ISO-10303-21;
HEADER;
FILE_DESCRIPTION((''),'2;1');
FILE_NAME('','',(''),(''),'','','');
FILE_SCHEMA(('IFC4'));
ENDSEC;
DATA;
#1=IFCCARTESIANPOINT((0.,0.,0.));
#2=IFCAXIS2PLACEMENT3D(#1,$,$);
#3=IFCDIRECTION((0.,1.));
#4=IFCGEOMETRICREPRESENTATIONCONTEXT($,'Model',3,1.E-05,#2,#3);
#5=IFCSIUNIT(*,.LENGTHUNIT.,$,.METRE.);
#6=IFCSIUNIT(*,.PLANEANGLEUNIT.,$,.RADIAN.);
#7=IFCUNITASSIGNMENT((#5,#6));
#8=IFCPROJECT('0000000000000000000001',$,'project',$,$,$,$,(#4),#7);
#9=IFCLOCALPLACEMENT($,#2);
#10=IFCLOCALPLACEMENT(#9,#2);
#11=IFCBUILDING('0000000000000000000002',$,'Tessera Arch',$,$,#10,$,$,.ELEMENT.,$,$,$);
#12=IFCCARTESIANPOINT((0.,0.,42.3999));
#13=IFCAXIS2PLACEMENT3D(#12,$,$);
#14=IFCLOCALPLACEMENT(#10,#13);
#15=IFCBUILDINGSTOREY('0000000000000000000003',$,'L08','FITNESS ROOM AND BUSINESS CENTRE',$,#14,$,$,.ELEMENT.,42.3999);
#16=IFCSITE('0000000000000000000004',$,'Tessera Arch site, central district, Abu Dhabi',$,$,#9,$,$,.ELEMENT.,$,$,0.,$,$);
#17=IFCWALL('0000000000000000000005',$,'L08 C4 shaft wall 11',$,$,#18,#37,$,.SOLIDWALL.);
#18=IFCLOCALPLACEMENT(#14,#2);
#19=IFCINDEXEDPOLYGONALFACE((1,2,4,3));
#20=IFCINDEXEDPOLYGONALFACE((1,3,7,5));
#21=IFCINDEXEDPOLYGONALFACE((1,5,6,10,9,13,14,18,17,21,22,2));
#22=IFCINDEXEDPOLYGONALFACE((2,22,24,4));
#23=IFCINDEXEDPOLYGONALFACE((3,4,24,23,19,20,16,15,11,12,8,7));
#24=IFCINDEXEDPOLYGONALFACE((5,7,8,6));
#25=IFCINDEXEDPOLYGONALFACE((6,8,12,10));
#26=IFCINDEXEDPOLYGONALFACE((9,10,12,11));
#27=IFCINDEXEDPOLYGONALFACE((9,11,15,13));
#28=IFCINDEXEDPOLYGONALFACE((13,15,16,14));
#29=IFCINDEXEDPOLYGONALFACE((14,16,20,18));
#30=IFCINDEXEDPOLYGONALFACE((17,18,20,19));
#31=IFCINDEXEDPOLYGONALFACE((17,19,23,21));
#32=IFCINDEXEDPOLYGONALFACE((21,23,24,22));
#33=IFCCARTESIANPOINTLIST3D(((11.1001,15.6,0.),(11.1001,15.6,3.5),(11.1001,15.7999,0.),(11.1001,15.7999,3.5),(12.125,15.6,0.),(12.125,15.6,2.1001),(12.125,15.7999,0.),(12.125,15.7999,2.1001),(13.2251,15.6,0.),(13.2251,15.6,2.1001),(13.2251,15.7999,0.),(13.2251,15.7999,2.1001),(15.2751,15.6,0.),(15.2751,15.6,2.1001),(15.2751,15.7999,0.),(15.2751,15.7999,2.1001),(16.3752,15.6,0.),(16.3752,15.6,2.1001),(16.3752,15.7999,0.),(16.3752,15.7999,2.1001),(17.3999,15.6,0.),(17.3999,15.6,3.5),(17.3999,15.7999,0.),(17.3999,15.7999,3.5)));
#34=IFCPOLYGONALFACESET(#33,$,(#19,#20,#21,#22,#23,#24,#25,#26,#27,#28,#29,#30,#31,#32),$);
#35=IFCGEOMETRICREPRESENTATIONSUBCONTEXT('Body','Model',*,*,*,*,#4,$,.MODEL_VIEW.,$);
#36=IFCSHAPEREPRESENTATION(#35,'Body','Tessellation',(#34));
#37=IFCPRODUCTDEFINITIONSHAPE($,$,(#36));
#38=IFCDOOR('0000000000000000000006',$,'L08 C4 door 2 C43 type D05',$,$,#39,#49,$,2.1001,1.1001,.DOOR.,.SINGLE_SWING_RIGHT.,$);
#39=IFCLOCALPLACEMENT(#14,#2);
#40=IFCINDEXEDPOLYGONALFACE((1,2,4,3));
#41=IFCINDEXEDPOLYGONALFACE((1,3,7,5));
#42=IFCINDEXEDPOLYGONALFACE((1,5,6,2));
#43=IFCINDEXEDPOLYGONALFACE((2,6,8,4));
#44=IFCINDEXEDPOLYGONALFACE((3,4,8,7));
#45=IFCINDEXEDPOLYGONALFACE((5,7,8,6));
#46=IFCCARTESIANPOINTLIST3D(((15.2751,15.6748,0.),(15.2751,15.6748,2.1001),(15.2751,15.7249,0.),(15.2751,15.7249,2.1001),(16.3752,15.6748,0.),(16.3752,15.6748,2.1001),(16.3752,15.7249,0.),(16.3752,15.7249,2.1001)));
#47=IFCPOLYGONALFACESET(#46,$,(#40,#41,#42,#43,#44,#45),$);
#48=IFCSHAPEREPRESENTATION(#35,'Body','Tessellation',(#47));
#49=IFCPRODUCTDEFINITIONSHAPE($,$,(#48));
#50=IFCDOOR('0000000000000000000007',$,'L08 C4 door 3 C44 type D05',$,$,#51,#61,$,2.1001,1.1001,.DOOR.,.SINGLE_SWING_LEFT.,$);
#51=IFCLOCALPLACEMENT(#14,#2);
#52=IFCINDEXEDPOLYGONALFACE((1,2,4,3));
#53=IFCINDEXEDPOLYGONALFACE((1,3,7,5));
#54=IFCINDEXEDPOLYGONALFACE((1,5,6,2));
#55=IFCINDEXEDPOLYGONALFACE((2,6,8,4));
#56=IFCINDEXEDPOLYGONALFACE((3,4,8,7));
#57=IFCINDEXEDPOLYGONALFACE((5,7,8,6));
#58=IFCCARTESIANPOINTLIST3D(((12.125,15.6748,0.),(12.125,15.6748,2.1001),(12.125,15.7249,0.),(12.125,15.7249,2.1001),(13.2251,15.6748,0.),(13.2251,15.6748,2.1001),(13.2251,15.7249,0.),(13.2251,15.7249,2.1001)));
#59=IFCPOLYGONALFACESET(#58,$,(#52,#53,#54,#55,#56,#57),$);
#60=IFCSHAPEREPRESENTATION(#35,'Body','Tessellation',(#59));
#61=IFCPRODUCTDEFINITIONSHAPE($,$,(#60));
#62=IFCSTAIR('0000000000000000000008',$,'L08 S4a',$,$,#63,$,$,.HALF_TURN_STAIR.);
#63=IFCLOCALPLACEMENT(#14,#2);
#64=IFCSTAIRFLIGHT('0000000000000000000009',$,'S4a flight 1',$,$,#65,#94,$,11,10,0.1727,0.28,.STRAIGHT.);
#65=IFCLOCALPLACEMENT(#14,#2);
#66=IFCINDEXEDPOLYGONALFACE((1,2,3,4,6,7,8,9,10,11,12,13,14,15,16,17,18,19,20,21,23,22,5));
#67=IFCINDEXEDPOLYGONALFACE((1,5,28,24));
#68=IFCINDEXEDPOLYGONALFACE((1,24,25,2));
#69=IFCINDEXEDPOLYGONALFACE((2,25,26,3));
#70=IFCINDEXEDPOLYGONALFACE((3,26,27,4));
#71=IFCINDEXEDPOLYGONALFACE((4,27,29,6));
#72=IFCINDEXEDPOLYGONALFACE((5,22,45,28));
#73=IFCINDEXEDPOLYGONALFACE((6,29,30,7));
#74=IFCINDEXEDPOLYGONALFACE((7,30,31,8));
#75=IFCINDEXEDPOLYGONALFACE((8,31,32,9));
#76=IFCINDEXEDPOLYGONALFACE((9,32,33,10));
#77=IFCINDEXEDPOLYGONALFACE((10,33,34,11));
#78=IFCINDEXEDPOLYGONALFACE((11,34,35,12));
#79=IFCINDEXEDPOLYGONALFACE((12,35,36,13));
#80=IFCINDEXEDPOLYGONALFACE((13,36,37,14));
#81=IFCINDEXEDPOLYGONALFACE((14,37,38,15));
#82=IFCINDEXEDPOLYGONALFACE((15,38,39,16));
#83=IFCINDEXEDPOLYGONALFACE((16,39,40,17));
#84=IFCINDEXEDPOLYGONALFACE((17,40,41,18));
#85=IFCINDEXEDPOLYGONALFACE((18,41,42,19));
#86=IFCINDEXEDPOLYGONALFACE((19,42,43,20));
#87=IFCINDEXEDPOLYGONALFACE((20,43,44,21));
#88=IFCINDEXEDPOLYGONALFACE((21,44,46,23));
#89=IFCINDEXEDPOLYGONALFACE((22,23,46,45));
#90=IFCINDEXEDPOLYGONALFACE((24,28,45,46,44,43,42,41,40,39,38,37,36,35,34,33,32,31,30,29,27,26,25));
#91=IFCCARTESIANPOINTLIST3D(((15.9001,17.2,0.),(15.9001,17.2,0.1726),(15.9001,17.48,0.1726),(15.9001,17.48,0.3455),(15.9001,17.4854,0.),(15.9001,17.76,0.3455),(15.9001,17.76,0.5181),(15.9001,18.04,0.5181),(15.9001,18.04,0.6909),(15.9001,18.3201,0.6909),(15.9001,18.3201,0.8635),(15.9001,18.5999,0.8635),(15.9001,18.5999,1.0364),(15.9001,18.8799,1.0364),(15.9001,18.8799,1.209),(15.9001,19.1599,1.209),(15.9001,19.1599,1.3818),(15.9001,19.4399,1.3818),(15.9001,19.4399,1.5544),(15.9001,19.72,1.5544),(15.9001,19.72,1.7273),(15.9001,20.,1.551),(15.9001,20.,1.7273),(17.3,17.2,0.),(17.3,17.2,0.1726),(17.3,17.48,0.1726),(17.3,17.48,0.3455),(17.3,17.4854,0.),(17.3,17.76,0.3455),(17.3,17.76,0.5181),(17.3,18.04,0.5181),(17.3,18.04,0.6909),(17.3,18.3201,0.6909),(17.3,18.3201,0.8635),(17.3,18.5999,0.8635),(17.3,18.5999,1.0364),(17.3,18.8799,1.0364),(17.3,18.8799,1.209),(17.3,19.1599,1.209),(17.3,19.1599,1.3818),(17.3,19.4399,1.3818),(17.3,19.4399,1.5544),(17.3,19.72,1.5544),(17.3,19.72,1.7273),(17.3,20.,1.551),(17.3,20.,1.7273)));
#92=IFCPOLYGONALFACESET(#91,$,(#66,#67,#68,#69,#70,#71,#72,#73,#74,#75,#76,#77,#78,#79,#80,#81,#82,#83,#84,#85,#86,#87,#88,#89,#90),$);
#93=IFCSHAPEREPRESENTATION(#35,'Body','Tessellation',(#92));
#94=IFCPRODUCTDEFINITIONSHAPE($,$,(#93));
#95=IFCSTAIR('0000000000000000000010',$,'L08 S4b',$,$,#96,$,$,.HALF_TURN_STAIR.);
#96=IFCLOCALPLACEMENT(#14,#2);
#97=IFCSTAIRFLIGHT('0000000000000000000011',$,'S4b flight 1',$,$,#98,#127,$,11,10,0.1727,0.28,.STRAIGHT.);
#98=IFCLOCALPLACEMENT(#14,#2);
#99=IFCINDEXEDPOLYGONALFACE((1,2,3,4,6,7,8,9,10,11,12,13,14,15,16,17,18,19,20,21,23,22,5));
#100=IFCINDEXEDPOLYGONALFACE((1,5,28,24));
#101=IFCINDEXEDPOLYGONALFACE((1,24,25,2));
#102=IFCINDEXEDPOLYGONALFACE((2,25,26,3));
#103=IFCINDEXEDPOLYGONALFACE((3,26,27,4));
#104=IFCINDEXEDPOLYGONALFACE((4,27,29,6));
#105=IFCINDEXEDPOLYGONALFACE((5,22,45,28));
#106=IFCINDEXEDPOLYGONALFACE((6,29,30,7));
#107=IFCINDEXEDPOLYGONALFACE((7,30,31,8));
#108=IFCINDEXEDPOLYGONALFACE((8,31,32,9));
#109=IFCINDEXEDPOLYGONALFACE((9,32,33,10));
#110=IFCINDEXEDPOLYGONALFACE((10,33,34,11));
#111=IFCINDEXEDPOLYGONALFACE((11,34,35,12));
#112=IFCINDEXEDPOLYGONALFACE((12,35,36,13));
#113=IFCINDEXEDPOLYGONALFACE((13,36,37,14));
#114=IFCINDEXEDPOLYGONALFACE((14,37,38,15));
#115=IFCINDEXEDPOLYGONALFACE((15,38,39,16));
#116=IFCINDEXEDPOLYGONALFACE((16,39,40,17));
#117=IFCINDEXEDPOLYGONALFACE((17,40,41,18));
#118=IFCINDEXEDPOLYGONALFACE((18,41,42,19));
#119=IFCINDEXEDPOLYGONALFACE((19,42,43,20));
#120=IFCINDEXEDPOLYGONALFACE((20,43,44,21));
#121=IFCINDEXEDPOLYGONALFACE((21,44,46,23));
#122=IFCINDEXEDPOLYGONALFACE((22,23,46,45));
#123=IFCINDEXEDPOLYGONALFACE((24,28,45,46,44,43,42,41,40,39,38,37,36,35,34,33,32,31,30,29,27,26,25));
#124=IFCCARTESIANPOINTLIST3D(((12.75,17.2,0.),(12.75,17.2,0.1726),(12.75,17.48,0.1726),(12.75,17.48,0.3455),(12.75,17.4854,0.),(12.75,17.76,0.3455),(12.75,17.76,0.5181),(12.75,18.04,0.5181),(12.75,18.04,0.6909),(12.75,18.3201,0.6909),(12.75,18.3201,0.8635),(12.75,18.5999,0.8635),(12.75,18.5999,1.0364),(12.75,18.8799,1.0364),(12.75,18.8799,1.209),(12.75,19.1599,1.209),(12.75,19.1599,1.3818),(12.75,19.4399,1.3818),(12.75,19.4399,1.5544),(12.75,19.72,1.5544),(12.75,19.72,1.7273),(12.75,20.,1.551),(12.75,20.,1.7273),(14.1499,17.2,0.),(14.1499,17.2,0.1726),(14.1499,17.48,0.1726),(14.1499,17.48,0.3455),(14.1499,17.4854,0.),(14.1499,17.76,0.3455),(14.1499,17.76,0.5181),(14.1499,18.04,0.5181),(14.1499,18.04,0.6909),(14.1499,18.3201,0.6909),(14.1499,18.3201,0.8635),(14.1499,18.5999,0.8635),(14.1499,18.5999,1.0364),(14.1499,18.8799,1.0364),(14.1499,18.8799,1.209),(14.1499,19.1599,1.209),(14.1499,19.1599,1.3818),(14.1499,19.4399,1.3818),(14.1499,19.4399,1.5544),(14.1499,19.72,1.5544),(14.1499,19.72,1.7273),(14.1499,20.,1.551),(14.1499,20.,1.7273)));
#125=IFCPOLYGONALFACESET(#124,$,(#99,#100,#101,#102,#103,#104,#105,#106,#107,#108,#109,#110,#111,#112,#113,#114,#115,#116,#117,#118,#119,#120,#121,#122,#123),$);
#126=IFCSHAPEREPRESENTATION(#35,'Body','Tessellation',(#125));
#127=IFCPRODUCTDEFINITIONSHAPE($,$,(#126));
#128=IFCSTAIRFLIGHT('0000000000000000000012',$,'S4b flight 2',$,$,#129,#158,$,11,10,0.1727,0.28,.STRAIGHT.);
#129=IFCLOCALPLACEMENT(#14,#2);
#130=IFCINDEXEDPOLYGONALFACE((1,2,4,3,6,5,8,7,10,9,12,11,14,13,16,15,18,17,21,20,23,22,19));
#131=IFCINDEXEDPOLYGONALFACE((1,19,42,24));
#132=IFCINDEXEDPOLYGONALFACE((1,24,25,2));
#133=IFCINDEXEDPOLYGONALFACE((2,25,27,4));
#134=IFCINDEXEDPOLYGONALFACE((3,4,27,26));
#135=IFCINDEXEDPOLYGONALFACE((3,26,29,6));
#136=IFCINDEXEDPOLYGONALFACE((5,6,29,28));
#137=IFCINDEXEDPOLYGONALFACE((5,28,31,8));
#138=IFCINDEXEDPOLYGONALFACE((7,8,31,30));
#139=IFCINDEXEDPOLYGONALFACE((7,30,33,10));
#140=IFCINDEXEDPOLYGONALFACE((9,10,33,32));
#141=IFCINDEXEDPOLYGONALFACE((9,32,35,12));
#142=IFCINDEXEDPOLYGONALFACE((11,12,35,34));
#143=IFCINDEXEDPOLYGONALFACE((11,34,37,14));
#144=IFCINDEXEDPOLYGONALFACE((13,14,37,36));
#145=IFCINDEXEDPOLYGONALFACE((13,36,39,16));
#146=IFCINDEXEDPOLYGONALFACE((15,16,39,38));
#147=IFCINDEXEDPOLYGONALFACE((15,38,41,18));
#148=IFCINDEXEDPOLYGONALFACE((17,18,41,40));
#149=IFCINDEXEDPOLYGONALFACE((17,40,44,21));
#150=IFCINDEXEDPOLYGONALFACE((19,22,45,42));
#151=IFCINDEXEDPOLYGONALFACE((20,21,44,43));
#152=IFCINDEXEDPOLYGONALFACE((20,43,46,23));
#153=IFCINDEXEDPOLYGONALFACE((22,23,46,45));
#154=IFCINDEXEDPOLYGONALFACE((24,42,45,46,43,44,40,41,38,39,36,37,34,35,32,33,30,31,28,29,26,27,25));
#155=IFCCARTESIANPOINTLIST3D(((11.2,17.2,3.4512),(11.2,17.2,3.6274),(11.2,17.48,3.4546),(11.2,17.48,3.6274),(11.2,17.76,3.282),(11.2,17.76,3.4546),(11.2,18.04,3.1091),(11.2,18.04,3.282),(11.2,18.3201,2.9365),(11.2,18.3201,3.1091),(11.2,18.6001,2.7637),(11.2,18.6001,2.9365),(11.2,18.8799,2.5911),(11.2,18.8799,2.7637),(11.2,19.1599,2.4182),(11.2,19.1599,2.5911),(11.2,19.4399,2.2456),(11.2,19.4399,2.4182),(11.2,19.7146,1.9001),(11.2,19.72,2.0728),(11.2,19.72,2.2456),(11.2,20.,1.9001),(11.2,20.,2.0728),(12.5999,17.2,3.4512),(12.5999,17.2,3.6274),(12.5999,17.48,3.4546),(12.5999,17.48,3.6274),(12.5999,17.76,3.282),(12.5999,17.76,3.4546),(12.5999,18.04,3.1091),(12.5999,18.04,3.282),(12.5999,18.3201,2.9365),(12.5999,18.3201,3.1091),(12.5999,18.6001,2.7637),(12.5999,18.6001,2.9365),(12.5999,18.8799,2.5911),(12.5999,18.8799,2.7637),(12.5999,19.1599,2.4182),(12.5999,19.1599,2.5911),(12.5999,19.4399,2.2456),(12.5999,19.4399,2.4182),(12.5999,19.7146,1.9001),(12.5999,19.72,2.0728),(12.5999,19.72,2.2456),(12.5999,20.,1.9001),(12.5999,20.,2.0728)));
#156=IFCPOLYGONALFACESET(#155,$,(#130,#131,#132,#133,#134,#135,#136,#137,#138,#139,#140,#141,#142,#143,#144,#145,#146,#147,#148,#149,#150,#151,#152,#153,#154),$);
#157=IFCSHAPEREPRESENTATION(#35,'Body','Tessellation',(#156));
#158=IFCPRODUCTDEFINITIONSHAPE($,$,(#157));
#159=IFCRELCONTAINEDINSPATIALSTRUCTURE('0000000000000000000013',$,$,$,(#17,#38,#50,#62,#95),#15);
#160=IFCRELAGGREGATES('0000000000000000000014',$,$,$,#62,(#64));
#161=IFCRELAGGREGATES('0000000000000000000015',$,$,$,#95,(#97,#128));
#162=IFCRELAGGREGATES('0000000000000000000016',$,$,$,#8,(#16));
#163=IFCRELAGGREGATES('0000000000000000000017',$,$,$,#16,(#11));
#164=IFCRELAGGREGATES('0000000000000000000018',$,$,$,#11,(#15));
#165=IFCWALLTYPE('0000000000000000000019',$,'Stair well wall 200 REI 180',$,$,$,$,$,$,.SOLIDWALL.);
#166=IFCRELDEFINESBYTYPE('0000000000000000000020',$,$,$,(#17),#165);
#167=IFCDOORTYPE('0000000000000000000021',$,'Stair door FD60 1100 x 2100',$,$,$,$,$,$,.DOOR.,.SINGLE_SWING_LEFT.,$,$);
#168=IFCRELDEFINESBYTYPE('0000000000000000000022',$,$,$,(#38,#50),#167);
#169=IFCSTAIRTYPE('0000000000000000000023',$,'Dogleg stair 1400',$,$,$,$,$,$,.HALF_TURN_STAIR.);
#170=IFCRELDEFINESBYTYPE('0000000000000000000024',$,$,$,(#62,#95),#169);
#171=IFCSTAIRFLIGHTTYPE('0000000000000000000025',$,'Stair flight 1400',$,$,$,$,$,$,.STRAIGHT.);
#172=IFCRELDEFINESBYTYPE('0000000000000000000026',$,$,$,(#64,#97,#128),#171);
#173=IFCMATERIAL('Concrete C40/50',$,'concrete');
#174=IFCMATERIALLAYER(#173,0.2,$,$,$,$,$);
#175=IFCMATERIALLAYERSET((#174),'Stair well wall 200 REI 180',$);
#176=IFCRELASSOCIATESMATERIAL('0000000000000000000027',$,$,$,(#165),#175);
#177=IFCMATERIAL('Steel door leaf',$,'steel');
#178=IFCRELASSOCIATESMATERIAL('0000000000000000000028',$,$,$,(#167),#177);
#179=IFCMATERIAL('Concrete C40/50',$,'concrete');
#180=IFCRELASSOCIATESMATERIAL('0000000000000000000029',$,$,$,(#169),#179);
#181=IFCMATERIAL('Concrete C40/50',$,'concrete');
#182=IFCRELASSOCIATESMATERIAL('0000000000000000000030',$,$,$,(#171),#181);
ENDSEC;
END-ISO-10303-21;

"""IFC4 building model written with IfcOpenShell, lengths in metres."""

from ifc_helpers import new_model, si_unit, direction, frame, frame_2d, origin, place, context, subcontext, project, spatial, polyline, rectangle, outline, extrude, material, layer, layer_set, type_object, element, fill, aggregate, save


model = new_model("IFC4")

# Units and contexts
model_context = context("Model", 3, precision=1e-05, world=origin(), true_north=direction((0.0, 1.0)))
body_context = subcontext(model_context, "Body", "Model", "MODEL_VIEW")
ifc_project = project(units=[si_unit("LENGTHUNIT", "METRE"), si_unit("PLANEANGLEUNIT", "RADIAN")], contexts=[model_context])

# Site, building, storey
site_placement = place(None, origin())
site = spatial("IfcSite", under=ifc_project, at=site_placement, Name="Tessera Arch site, central district, Abu Dhabi", CompositionType="ELEMENT", RefElevation=0.0)
building_placement = place(site_placement, origin())
building = spatial("IfcBuilding", under=site, at=building_placement, Name="Tessera Arch", CompositionType="ELEMENT")
storey_placement = place(building_placement, frame((0.0, 0.0, 42.3999)))
storey = spatial("IfcBuildingStorey", under=building, at=storey_placement, Name="L08", Description="FITNESS ROOM AND BUSINESS CENTRE", CompositionType="ELEMENT", Elevation=42.3999)

# Shared definitions
ifc_material_1 = material(Name="Concrete C40/50", Category="concrete")
ifc_layer_1 = layer(ifc_material_1, 0.2)
ifc_layer_set_1 = layer_set([ifc_layer_1], Name="Stair well wall 200 REI 180")
wall_type_1 = type_object("IfcWallType", Name="Stair well wall 200 REI 180", PredefinedType="SOLIDWALL", material=ifc_layer_set_1)

# Wall, openings, doors
wall_1_placement = place(storey_placement, frame((11.1001, 15.7, 0.0), z_axis=(0.0, 0.0, 1.0), x_axis=(1.0, 0.0, 0.0)))
wall_1 = element("IfcWall", 1, at=wall_1_placement, inside=storey, type_object=wall_type_1, Name="L08 C4 shaft wall 11", PredefinedType="SOLIDWALL", context=body_context, shape_type="SweptSolid", body=[
    extrude(rectangle(XDim=6.2998, YDim=0.2, at=frame_2d((3.1499, 0.0))), origin(), (0.0, 0.0, 1.0), 3.5),
])
opening_1_placement = place(wall_1_placement, frame((4.175, 0.0, 0.0)))
opening_1 = element("IfcOpeningElement", 2, at=opening_1_placement, cuts=wall_1, PredefinedType="OPENING", context=body_context, shape_type="SweptSolid", body=[
    extrude(rectangle(XDim=1.1001, YDim=2.1001, at=frame_2d((0.55, 1.05))), frame((0.0, 0.1099, 0.0), z_axis=(0.0, -1.0, 0.0), x_axis=(1.0, 0.0, 0.0)), (0.0, 0.0, 1.0), 0.22),
])
opening_2_placement = place(wall_1_placement, frame((1.0249, 0.0, 0.0)))
opening_2 = element("IfcOpeningElement", 3, at=opening_2_placement, cuts=wall_1, PredefinedType="OPENING", context=body_context, shape_type="SweptSolid", body=[
    extrude(rectangle(XDim=1.1001, YDim=2.1001, at=frame_2d((0.55, 1.05))), frame((0.0, 0.1099, 0.0), z_axis=(0.0, -1.0, 0.0), x_axis=(1.0, 0.0, 0.0)), (0.0, 0.0, 1.0), 0.22),
])
ifc_material_2 = material(Name="Steel door leaf", Category="steel")
door_type_1 = type_object("IfcDoorType", Name="Stair door FD60 1100 x 2100", OperationType="SINGLE_SWING_LEFT", PredefinedType="DOOR", material=ifc_material_2)
door_1_placement = place(opening_1_placement, origin())
door_1 = element("IfcDoor", 4, at=door_1_placement, inside=storey, type_object=door_type_1, Name="L08 C4 door 2 C43 type D05", OperationType="SINGLE_SWING_RIGHT", OverallHeight=2.1001, OverallWidth=1.1001, PredefinedType="DOOR", context=body_context, shape_type="SweptSolid", body=[
    extrude(rectangle(XDim=1.1001, YDim=2.1001, at=frame_2d((0.55, 1.05))), frame((0.0, 0.0249, 0.0), z_axis=(0.0, -1.0, 0.0), x_axis=(1.0, 0.0, 0.0)), (0.0, 0.0, 1.0), 0.05),
])
fill(opening_1, door_1)
door_2_placement = place(opening_2_placement, origin())
door_2 = element("IfcDoor", 5, at=door_2_placement, inside=storey, type_object=door_type_1, Name="L08 C4 door 3 C44 type D05", OperationType="SINGLE_SWING_LEFT", OverallHeight=2.1001, OverallWidth=1.1001, PredefinedType="DOOR", context=body_context, shape_type="SweptSolid", body=[
    extrude(rectangle(XDim=1.1001, YDim=2.1001, at=frame_2d((0.55, 1.05))), frame((0.0, 0.0249, 0.0), z_axis=(0.0, -1.0, 0.0), x_axis=(1.0, 0.0, 0.0)), (0.0, 0.0, 1.0), 0.05),
])
fill(opening_2, door_2)

# Stair, stair flight
ifc_material_3 = material(Name="Concrete C40/50", Category="concrete")
stair_type = type_object("IfcStairType", Name="Dogleg stair 1400", PredefinedType="HALF_TURN_STAIR", material=ifc_material_3)
stair_1_placement = place(storey_placement, origin())
stair_1 = element("IfcStair", 6, at=stair_1_placement, inside=storey, type_object=stair_type, Name="L08 S4a", PredefinedType="HALF_TURN_STAIR")
ifc_material_4 = material(Name="Concrete C40/50", Category="concrete")
stair_flight_type = type_object("IfcStairFlightType", Name="Stair flight 1400", PredefinedType="STRAIGHT", material=ifc_material_4)
stair_flight_1_placement = place(storey_placement, frame((16.6001, 17.2, 0.0), z_axis=(0.0, 0.0, 1.0), x_axis=(0.0, 1.0, 0.0)))
stair_flight_1 = element("IfcStairFlight", 7, at=stair_flight_1_placement, type_object=stair_flight_type, Name="S4a flight 1", NumberOfRisers=11, NumberOfTreads=10, PredefinedType="STRAIGHT", RiserHeight=0.1727, TreadLength=0.28, context=body_context, shape_type="SweptSolid", body=[
    extrude(outline(polyline([(0.0, 0.0), (0.0, 0.1726), (0.28, 0.1726), (0.28, 0.3455), (0.5601, 0.3455), (0.5601, 0.5181), (0.8401, 0.5181), (0.8401, 0.6909), (1.1201, 0.6909), (1.1201, 0.8635), (1.3999, 0.8635), (1.3999, 1.0364), (1.6799, 1.0364), (1.6799, 1.209), (1.96, 1.209), (1.96, 1.3818), (2.24, 1.3818), (2.24, 1.5544), (2.52, 1.5544), (2.52, 1.7273), (2.8, 1.7273), (2.8, 1.8999), (2.8, 1.551), (0.2854, 0.0), (0.0, 0.0)])), frame((0.0, 0.7, 0.0), z_axis=(0.0, -1.0, 0.0), x_axis=(1.0, 0.0, 0.0)), (0.0, 0.0, 1.0), 1.3999),
])
aggregate(stair_1, [stair_flight_1])

# Stair, stair flights
stair_2_placement = place(storey_placement, origin())
stair_2 = element("IfcStair", 8, at=stair_2_placement, inside=storey, type_object=stair_type, Name="L08 S4b", PredefinedType="HALF_TURN_STAIR")
stair_flight_2_placement = place(storey_placement, frame((13.45, 17.2, 0.0), z_axis=(0.0, 0.0, 1.0), x_axis=(0.0, 1.0, 0.0)))
stair_flight_2 = element("IfcStairFlight", 9, at=stair_flight_2_placement, type_object=stair_flight_type, Name="S4b flight 1", NumberOfRisers=11, NumberOfTreads=10, PredefinedType="STRAIGHT", RiserHeight=0.1727, TreadLength=0.28, context=body_context, shape_type="SweptSolid", body=[
    extrude(outline(polyline([(0.0, 0.0), (0.0, 0.1726), (0.28, 0.1726), (0.28, 0.3455), (0.5601, 0.3455), (0.5601, 0.5181), (0.8401, 0.5181), (0.8401, 0.6909), (1.1201, 0.6909), (1.1201, 0.8635), (1.3999, 0.8635), (1.3999, 1.0364), (1.6799, 1.0364), (1.6799, 1.209), (1.96, 1.209), (1.96, 1.3818), (2.24, 1.3818), (2.24, 1.5544), (2.52, 1.5544), (2.52, 1.7273), (2.8, 1.7273), (2.8, 1.8999), (2.8, 1.551), (0.2854, 0.0), (0.0, 0.0)])), frame((0.0, 0.7, 0.0), z_axis=(0.0, -1.0, 0.0), x_axis=(1.0, 0.0, 0.0)), (0.0, 0.0, 1.0), 1.3999),
])
stair_flight_3_placement = place(storey_placement, frame((11.8999, 20.0, 1.9001), z_axis=(0.0, 0.0, 1.0), x_axis=(0.0, -1.0, 0.0)))
stair_flight_3 = element("IfcStairFlight", 10, at=stair_flight_3_placement, type_object=stair_flight_type, Name="S4b flight 2", NumberOfRisers=11, NumberOfTreads=10, PredefinedType="STRAIGHT", RiserHeight=0.1727, TreadLength=0.28, context=body_context, shape_type="SweptSolid", body=[
    extrude(outline(polyline([(0.0, 0.0), (0.0, 0.1726), (0.28, 0.1726), (0.28, 0.3455), (0.5601, 0.3455), (0.5601, 0.5181), (0.8401, 0.5181), (0.8401, 0.6909), (1.1201, 0.6909), (1.1201, 0.8635), (1.3999, 0.8635), (1.3999, 1.0364), (1.6799, 1.0364), (1.6799, 1.209), (1.96, 1.209), (1.96, 1.3818), (2.24, 1.3818), (2.24, 1.5544), (2.52, 1.5544), (2.52, 1.7273), (2.8, 1.7273), (2.8, 1.8999), (2.8, 1.551), (0.2854, 0.0), (0.0, 0.0)])), frame((0.0, 0.7, 0.0), z_axis=(0.0, -1.0, 0.0), x_axis=(1.0, 0.0, 0.0)), (0.0, 0.0, 1.0), 1.3999),
])
aggregate(stair_2, [stair_flight_2, stair_flight_3])

save(model, "model.ifc")
